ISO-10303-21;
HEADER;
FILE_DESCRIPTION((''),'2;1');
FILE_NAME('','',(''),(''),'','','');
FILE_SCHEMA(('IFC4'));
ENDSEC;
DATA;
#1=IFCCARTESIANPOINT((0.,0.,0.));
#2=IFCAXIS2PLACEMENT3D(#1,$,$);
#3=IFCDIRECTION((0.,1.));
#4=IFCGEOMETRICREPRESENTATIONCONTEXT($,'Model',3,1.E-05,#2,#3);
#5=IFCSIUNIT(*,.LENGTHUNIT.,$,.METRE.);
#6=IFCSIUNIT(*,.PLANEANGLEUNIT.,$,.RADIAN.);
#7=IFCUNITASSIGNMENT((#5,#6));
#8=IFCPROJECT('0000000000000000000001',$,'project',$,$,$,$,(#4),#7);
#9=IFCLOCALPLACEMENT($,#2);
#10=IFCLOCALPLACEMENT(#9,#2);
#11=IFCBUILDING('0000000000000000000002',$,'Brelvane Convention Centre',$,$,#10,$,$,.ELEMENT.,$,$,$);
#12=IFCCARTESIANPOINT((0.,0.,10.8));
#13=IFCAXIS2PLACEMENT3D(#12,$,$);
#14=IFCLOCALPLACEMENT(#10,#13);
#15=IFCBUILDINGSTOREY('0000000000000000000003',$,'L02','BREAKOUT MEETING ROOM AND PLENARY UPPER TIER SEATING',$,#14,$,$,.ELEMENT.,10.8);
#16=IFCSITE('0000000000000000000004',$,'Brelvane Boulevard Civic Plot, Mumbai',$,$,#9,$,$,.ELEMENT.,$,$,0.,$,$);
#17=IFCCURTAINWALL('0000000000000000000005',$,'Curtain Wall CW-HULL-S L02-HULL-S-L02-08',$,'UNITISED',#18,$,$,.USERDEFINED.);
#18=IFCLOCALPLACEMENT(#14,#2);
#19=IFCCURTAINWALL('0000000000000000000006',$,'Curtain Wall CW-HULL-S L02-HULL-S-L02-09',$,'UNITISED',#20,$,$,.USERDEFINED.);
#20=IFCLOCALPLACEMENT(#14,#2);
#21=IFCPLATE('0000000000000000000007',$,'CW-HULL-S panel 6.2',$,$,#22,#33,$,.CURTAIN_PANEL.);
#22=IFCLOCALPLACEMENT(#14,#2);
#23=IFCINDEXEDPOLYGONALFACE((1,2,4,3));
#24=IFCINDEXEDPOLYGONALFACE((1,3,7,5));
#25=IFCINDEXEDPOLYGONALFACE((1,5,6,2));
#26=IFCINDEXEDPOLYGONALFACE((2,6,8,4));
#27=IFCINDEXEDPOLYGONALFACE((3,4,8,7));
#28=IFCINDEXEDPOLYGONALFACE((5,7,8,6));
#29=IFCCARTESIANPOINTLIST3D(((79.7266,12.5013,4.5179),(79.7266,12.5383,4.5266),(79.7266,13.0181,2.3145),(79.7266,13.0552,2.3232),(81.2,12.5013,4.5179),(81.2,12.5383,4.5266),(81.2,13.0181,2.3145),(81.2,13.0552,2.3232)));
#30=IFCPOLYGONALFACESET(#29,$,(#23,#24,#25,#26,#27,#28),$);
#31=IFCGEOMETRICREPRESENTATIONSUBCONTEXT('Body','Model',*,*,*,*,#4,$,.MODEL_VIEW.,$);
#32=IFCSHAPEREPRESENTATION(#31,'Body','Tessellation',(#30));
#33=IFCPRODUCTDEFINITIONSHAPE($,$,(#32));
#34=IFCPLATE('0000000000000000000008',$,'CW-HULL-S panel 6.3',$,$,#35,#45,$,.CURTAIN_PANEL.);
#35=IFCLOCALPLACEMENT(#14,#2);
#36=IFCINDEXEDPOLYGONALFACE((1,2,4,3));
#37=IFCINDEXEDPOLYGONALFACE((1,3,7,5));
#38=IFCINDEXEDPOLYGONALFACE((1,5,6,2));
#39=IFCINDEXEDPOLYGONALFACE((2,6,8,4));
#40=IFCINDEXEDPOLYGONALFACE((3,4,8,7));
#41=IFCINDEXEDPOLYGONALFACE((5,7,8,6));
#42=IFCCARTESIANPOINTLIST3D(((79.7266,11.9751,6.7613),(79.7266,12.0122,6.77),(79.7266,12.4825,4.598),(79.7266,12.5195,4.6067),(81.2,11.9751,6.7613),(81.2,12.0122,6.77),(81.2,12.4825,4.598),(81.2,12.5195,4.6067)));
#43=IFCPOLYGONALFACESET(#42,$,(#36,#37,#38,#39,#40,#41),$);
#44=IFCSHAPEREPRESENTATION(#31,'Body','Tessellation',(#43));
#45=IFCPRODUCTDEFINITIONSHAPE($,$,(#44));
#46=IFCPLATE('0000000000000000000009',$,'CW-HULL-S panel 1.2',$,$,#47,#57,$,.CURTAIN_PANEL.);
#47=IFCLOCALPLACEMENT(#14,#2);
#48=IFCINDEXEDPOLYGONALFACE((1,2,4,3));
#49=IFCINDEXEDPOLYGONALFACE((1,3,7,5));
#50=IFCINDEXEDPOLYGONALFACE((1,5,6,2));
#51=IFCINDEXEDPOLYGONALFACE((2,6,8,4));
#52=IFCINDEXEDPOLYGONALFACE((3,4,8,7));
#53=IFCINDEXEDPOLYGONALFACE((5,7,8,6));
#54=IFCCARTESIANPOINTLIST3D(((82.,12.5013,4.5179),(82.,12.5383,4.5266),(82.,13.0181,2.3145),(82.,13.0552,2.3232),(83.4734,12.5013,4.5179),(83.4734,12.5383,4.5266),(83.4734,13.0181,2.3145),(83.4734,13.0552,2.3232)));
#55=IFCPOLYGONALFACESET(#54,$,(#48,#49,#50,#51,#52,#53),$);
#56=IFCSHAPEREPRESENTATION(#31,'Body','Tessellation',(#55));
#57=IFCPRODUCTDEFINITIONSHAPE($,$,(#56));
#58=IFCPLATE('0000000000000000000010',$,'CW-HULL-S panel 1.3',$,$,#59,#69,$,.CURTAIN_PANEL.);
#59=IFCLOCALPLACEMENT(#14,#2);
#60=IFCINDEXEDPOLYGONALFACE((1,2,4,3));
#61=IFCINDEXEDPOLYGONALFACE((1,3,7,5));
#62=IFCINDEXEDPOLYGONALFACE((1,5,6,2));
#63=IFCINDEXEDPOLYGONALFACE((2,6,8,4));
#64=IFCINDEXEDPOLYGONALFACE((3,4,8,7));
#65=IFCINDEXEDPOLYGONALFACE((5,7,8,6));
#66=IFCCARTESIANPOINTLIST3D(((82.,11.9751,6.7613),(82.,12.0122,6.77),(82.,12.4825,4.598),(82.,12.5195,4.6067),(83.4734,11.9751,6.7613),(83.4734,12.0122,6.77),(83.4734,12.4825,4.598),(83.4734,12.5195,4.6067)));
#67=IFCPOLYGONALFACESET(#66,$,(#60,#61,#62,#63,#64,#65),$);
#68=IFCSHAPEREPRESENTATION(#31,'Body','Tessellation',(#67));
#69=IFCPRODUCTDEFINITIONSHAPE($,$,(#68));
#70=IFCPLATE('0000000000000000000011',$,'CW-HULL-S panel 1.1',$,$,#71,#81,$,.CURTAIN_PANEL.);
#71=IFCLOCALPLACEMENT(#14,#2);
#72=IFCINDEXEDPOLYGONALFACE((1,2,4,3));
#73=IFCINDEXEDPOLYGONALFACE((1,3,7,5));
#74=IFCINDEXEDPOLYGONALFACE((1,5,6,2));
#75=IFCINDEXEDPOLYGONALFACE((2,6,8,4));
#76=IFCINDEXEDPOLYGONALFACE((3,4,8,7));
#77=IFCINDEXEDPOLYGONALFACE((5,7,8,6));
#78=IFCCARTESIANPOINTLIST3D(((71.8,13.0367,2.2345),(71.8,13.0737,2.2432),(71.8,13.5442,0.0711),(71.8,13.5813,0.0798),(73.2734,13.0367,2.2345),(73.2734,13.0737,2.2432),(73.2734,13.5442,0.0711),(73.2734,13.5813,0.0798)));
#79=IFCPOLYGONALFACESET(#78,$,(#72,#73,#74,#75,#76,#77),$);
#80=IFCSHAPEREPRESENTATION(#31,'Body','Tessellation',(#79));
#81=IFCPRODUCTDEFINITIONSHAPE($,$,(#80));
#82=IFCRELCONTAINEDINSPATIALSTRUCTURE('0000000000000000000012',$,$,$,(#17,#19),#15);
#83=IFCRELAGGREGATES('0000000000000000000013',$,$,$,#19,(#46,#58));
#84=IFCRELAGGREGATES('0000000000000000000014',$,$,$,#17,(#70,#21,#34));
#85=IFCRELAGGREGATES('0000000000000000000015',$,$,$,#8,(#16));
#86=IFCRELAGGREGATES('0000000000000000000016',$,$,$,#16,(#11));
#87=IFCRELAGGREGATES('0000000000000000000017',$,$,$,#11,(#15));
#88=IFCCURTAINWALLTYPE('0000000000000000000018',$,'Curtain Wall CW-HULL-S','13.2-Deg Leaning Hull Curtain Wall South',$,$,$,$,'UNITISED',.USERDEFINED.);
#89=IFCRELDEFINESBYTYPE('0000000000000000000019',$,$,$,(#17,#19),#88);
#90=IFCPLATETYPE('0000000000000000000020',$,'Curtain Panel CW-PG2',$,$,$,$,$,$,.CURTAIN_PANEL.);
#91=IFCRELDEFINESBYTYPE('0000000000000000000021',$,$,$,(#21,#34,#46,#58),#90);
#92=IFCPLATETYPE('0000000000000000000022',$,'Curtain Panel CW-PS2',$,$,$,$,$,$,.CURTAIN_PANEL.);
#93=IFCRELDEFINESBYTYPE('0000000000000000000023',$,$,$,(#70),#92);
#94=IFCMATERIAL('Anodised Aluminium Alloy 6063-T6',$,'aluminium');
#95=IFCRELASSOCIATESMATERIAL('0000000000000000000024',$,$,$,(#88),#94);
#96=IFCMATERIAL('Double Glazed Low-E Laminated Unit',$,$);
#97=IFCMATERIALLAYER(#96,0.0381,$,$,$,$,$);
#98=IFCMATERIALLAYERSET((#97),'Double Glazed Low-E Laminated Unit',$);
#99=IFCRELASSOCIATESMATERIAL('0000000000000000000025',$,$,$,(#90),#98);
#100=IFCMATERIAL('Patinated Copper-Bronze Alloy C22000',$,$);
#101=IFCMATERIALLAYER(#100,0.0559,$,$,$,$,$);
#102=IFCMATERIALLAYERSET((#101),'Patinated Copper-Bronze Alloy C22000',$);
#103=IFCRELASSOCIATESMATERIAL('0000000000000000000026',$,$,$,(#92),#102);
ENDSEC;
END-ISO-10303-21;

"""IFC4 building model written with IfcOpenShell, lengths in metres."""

from ifc_helpers import new_model, si_unit, direction, frame, origin, place, context, subcontext, project, spatial, polyline, outline, extrude, material, layer, layer_set, type_object, element, aggregate, save


model = new_model("IFC4")

# Units and contexts
model_context = context("Model", 3, precision=1e-05, world=origin(), true_north=direction((0.0, 1.0)))
body_context = subcontext(model_context, "Body", "Model", "MODEL_VIEW")
ifc_project = project(units=[si_unit("LENGTHUNIT", "METRE"), si_unit("PLANEANGLEUNIT", "RADIAN")], contexts=[model_context])

# Site, building, storey
site_placement = place(None, origin())
site = spatial("IfcSite", under=ifc_project, at=site_placement, Name="Brelvane Boulevard Civic Plot, Mumbai", CompositionType="ELEMENT", RefElevation=0.0)
building_placement = place(site_placement, origin())
building = spatial("IfcBuilding", under=site, at=building_placement, Name="Brelvane Convention Centre", CompositionType="ELEMENT")
storey_placement = place(building_placement, frame((0.0, 0.0, 10.8)))
storey = spatial("IfcBuildingStorey", under=building, at=storey_placement, Name="L02", Description="BREAKOUT MEETING ROOM AND PLENARY UPPER TIER SEATING", CompositionType="ELEMENT", Elevation=10.8)

# Curtain walls
ifc_material_1 = material(Name="Anodised Aluminium Alloy 6063-T6", Category="aluminium")
curtain_wall_type = type_object("IfcCurtainWallType", Name="Curtain Wall CW-HULL-S", Description="13.2-Deg Leaning Hull Curtain Wall South", ElementType="UNITISED", PredefinedType="USERDEFINED", material=ifc_material_1)
curtain_wall_1_placement = place(storey_placement, origin())
curtain_wall_1 = element("IfcCurtainWall", 1, at=curtain_wall_1_placement, inside=storey, type_object=curtain_wall_type, Name="Curtain Wall CW-HULL-S L02-HULL-S-L02-08", ObjectType="UNITISED", PredefinedType="USERDEFINED")
curtain_wall_2_placement = place(storey_placement, origin())
curtain_wall_2 = element("IfcCurtainWall", 2, at=curtain_wall_2_placement, inside=storey, type_object=curtain_wall_type, Name="Curtain Wall CW-HULL-S L02-HULL-S-L02-09", ObjectType="UNITISED", PredefinedType="USERDEFINED")

# Plates
ifc_material_2 = material(Name="Double Glazed Low-E Laminated Unit")
ifc_layer_1 = layer(ifc_material_2, 0.0381)
ifc_layer_set_1 = layer_set([ifc_layer_1], Name="Double Glazed Low-E Laminated Unit")
plate_type_1 = type_object("IfcPlateType", Name="Curtain Panel CW-PG2", PredefinedType="CURTAIN_PANEL", material=ifc_layer_set_1)
plate_1_placement = place(storey_placement, frame((79.7266, 13.0552, 2.3232), z_axis=(0.0, 0.973574, 0.228372), x_axis=(1.0, 0.0, 0.0)))
plate_1 = element("IfcPlate", 3, at=plate_1_placement, type_object=plate_type_1, Name="CW-HULL-S panel 6.2", PredefinedType="CURTAIN_PANEL", context=body_context, shape_type="SweptSolid", body=[
    extrude(outline(polyline([(0.0, 0.0), (1.4734, 0.0), (1.4734, -2.2632), (0.0, -2.2632), (0.0, 0.0)])), origin(), (0.0, 0.0, -1.0), 0.0381),
])
plate_2_placement = place(storey_placement, frame((79.7266, 12.5195, 4.6067), z_axis=(0.0, 0.973587, 0.228317), x_axis=(1.0, 0.0, 0.0)))
plate_2 = element("IfcPlate", 4, at=plate_2_placement, type_object=plate_type_1, Name="CW-HULL-S panel 6.3", PredefinedType="CURTAIN_PANEL", context=body_context, shape_type="SweptSolid", body=[
    extrude(outline(polyline([(0.0, 0.0), (1.4734, 0.0), (1.4734, -2.222), (0.0, -2.222), (0.0, 0.0)])), origin(), (0.0, 0.0, -1.0), 0.0381),
])
plate_3_placement = place(storey_placement, frame((82.0, 13.0552, 2.3232), z_axis=(0.0, 0.973574, 0.228372), x_axis=(1.0, 0.0, 0.0)))
plate_3 = element("IfcPlate", 5, at=plate_3_placement, type_object=plate_type_1, Name="CW-HULL-S panel 1.2", PredefinedType="CURTAIN_PANEL", context=body_context, shape_type="SweptSolid", body=[
    extrude(outline(polyline([(0.0, 0.0), (1.4734, 0.0), (1.4734, -2.2632), (0.0, -2.2632), (0.0, 0.0)])), origin(), (0.0, 0.0, -1.0), 0.0381),
])
plate_4_placement = place(storey_placement, frame((82.0, 12.5195, 4.6067), z_axis=(0.0, 0.973587, 0.228317), x_axis=(1.0, 0.0, 0.0)))
plate_4 = element("IfcPlate", 6, at=plate_4_placement, type_object=plate_type_1, Name="CW-HULL-S panel 1.3", PredefinedType="CURTAIN_PANEL", context=body_context, shape_type="SweptSolid", body=[
    extrude(outline(polyline([(0.0, 0.0), (1.4734, 0.0), (1.4734, -2.222), (0.0, -2.222), (0.0, 0.0)])), origin(), (0.0, 0.0, -1.0), 0.0381),
])
aggregate(curtain_wall_2, [plate_3, plate_4])
ifc_material_3 = material(Name="Patinated Copper-Bronze Alloy C22000")
ifc_layer_2 = layer(ifc_material_3, 0.0559)
ifc_layer_set_2 = layer_set([ifc_layer_2], Name="Patinated Copper-Bronze Alloy C22000")
plate_type_2 = type_object("IfcPlateType", Name="Curtain Panel CW-PS2", PredefinedType="CURTAIN_PANEL", material=ifc_layer_set_2)
plate_5_placement = place(storey_placement, frame((71.8, 13.5813, 0.0798), z_axis=(0.0, 0.973563, 0.228421), x_axis=(1.0, 0.0, 0.0)))
plate_5 = element("IfcPlate", 7, at=plate_5_placement, type_object=plate_type_2, Name="CW-HULL-S panel 1.1", PredefinedType="CURTAIN_PANEL", context=body_context, shape_type="SweptSolid", body=[
    extrude(outline(polyline([(0.0, 0.0), (1.4734, 0.0), (1.4734, -2.2221), (0.0, -2.2221), (0.0, 0.0)])), origin(), (0.0, 0.0, -1.0), 0.0381),
])
aggregate(curtain_wall_1, [plate_5, plate_1, plate_2])

save(model, "model.ifc")
